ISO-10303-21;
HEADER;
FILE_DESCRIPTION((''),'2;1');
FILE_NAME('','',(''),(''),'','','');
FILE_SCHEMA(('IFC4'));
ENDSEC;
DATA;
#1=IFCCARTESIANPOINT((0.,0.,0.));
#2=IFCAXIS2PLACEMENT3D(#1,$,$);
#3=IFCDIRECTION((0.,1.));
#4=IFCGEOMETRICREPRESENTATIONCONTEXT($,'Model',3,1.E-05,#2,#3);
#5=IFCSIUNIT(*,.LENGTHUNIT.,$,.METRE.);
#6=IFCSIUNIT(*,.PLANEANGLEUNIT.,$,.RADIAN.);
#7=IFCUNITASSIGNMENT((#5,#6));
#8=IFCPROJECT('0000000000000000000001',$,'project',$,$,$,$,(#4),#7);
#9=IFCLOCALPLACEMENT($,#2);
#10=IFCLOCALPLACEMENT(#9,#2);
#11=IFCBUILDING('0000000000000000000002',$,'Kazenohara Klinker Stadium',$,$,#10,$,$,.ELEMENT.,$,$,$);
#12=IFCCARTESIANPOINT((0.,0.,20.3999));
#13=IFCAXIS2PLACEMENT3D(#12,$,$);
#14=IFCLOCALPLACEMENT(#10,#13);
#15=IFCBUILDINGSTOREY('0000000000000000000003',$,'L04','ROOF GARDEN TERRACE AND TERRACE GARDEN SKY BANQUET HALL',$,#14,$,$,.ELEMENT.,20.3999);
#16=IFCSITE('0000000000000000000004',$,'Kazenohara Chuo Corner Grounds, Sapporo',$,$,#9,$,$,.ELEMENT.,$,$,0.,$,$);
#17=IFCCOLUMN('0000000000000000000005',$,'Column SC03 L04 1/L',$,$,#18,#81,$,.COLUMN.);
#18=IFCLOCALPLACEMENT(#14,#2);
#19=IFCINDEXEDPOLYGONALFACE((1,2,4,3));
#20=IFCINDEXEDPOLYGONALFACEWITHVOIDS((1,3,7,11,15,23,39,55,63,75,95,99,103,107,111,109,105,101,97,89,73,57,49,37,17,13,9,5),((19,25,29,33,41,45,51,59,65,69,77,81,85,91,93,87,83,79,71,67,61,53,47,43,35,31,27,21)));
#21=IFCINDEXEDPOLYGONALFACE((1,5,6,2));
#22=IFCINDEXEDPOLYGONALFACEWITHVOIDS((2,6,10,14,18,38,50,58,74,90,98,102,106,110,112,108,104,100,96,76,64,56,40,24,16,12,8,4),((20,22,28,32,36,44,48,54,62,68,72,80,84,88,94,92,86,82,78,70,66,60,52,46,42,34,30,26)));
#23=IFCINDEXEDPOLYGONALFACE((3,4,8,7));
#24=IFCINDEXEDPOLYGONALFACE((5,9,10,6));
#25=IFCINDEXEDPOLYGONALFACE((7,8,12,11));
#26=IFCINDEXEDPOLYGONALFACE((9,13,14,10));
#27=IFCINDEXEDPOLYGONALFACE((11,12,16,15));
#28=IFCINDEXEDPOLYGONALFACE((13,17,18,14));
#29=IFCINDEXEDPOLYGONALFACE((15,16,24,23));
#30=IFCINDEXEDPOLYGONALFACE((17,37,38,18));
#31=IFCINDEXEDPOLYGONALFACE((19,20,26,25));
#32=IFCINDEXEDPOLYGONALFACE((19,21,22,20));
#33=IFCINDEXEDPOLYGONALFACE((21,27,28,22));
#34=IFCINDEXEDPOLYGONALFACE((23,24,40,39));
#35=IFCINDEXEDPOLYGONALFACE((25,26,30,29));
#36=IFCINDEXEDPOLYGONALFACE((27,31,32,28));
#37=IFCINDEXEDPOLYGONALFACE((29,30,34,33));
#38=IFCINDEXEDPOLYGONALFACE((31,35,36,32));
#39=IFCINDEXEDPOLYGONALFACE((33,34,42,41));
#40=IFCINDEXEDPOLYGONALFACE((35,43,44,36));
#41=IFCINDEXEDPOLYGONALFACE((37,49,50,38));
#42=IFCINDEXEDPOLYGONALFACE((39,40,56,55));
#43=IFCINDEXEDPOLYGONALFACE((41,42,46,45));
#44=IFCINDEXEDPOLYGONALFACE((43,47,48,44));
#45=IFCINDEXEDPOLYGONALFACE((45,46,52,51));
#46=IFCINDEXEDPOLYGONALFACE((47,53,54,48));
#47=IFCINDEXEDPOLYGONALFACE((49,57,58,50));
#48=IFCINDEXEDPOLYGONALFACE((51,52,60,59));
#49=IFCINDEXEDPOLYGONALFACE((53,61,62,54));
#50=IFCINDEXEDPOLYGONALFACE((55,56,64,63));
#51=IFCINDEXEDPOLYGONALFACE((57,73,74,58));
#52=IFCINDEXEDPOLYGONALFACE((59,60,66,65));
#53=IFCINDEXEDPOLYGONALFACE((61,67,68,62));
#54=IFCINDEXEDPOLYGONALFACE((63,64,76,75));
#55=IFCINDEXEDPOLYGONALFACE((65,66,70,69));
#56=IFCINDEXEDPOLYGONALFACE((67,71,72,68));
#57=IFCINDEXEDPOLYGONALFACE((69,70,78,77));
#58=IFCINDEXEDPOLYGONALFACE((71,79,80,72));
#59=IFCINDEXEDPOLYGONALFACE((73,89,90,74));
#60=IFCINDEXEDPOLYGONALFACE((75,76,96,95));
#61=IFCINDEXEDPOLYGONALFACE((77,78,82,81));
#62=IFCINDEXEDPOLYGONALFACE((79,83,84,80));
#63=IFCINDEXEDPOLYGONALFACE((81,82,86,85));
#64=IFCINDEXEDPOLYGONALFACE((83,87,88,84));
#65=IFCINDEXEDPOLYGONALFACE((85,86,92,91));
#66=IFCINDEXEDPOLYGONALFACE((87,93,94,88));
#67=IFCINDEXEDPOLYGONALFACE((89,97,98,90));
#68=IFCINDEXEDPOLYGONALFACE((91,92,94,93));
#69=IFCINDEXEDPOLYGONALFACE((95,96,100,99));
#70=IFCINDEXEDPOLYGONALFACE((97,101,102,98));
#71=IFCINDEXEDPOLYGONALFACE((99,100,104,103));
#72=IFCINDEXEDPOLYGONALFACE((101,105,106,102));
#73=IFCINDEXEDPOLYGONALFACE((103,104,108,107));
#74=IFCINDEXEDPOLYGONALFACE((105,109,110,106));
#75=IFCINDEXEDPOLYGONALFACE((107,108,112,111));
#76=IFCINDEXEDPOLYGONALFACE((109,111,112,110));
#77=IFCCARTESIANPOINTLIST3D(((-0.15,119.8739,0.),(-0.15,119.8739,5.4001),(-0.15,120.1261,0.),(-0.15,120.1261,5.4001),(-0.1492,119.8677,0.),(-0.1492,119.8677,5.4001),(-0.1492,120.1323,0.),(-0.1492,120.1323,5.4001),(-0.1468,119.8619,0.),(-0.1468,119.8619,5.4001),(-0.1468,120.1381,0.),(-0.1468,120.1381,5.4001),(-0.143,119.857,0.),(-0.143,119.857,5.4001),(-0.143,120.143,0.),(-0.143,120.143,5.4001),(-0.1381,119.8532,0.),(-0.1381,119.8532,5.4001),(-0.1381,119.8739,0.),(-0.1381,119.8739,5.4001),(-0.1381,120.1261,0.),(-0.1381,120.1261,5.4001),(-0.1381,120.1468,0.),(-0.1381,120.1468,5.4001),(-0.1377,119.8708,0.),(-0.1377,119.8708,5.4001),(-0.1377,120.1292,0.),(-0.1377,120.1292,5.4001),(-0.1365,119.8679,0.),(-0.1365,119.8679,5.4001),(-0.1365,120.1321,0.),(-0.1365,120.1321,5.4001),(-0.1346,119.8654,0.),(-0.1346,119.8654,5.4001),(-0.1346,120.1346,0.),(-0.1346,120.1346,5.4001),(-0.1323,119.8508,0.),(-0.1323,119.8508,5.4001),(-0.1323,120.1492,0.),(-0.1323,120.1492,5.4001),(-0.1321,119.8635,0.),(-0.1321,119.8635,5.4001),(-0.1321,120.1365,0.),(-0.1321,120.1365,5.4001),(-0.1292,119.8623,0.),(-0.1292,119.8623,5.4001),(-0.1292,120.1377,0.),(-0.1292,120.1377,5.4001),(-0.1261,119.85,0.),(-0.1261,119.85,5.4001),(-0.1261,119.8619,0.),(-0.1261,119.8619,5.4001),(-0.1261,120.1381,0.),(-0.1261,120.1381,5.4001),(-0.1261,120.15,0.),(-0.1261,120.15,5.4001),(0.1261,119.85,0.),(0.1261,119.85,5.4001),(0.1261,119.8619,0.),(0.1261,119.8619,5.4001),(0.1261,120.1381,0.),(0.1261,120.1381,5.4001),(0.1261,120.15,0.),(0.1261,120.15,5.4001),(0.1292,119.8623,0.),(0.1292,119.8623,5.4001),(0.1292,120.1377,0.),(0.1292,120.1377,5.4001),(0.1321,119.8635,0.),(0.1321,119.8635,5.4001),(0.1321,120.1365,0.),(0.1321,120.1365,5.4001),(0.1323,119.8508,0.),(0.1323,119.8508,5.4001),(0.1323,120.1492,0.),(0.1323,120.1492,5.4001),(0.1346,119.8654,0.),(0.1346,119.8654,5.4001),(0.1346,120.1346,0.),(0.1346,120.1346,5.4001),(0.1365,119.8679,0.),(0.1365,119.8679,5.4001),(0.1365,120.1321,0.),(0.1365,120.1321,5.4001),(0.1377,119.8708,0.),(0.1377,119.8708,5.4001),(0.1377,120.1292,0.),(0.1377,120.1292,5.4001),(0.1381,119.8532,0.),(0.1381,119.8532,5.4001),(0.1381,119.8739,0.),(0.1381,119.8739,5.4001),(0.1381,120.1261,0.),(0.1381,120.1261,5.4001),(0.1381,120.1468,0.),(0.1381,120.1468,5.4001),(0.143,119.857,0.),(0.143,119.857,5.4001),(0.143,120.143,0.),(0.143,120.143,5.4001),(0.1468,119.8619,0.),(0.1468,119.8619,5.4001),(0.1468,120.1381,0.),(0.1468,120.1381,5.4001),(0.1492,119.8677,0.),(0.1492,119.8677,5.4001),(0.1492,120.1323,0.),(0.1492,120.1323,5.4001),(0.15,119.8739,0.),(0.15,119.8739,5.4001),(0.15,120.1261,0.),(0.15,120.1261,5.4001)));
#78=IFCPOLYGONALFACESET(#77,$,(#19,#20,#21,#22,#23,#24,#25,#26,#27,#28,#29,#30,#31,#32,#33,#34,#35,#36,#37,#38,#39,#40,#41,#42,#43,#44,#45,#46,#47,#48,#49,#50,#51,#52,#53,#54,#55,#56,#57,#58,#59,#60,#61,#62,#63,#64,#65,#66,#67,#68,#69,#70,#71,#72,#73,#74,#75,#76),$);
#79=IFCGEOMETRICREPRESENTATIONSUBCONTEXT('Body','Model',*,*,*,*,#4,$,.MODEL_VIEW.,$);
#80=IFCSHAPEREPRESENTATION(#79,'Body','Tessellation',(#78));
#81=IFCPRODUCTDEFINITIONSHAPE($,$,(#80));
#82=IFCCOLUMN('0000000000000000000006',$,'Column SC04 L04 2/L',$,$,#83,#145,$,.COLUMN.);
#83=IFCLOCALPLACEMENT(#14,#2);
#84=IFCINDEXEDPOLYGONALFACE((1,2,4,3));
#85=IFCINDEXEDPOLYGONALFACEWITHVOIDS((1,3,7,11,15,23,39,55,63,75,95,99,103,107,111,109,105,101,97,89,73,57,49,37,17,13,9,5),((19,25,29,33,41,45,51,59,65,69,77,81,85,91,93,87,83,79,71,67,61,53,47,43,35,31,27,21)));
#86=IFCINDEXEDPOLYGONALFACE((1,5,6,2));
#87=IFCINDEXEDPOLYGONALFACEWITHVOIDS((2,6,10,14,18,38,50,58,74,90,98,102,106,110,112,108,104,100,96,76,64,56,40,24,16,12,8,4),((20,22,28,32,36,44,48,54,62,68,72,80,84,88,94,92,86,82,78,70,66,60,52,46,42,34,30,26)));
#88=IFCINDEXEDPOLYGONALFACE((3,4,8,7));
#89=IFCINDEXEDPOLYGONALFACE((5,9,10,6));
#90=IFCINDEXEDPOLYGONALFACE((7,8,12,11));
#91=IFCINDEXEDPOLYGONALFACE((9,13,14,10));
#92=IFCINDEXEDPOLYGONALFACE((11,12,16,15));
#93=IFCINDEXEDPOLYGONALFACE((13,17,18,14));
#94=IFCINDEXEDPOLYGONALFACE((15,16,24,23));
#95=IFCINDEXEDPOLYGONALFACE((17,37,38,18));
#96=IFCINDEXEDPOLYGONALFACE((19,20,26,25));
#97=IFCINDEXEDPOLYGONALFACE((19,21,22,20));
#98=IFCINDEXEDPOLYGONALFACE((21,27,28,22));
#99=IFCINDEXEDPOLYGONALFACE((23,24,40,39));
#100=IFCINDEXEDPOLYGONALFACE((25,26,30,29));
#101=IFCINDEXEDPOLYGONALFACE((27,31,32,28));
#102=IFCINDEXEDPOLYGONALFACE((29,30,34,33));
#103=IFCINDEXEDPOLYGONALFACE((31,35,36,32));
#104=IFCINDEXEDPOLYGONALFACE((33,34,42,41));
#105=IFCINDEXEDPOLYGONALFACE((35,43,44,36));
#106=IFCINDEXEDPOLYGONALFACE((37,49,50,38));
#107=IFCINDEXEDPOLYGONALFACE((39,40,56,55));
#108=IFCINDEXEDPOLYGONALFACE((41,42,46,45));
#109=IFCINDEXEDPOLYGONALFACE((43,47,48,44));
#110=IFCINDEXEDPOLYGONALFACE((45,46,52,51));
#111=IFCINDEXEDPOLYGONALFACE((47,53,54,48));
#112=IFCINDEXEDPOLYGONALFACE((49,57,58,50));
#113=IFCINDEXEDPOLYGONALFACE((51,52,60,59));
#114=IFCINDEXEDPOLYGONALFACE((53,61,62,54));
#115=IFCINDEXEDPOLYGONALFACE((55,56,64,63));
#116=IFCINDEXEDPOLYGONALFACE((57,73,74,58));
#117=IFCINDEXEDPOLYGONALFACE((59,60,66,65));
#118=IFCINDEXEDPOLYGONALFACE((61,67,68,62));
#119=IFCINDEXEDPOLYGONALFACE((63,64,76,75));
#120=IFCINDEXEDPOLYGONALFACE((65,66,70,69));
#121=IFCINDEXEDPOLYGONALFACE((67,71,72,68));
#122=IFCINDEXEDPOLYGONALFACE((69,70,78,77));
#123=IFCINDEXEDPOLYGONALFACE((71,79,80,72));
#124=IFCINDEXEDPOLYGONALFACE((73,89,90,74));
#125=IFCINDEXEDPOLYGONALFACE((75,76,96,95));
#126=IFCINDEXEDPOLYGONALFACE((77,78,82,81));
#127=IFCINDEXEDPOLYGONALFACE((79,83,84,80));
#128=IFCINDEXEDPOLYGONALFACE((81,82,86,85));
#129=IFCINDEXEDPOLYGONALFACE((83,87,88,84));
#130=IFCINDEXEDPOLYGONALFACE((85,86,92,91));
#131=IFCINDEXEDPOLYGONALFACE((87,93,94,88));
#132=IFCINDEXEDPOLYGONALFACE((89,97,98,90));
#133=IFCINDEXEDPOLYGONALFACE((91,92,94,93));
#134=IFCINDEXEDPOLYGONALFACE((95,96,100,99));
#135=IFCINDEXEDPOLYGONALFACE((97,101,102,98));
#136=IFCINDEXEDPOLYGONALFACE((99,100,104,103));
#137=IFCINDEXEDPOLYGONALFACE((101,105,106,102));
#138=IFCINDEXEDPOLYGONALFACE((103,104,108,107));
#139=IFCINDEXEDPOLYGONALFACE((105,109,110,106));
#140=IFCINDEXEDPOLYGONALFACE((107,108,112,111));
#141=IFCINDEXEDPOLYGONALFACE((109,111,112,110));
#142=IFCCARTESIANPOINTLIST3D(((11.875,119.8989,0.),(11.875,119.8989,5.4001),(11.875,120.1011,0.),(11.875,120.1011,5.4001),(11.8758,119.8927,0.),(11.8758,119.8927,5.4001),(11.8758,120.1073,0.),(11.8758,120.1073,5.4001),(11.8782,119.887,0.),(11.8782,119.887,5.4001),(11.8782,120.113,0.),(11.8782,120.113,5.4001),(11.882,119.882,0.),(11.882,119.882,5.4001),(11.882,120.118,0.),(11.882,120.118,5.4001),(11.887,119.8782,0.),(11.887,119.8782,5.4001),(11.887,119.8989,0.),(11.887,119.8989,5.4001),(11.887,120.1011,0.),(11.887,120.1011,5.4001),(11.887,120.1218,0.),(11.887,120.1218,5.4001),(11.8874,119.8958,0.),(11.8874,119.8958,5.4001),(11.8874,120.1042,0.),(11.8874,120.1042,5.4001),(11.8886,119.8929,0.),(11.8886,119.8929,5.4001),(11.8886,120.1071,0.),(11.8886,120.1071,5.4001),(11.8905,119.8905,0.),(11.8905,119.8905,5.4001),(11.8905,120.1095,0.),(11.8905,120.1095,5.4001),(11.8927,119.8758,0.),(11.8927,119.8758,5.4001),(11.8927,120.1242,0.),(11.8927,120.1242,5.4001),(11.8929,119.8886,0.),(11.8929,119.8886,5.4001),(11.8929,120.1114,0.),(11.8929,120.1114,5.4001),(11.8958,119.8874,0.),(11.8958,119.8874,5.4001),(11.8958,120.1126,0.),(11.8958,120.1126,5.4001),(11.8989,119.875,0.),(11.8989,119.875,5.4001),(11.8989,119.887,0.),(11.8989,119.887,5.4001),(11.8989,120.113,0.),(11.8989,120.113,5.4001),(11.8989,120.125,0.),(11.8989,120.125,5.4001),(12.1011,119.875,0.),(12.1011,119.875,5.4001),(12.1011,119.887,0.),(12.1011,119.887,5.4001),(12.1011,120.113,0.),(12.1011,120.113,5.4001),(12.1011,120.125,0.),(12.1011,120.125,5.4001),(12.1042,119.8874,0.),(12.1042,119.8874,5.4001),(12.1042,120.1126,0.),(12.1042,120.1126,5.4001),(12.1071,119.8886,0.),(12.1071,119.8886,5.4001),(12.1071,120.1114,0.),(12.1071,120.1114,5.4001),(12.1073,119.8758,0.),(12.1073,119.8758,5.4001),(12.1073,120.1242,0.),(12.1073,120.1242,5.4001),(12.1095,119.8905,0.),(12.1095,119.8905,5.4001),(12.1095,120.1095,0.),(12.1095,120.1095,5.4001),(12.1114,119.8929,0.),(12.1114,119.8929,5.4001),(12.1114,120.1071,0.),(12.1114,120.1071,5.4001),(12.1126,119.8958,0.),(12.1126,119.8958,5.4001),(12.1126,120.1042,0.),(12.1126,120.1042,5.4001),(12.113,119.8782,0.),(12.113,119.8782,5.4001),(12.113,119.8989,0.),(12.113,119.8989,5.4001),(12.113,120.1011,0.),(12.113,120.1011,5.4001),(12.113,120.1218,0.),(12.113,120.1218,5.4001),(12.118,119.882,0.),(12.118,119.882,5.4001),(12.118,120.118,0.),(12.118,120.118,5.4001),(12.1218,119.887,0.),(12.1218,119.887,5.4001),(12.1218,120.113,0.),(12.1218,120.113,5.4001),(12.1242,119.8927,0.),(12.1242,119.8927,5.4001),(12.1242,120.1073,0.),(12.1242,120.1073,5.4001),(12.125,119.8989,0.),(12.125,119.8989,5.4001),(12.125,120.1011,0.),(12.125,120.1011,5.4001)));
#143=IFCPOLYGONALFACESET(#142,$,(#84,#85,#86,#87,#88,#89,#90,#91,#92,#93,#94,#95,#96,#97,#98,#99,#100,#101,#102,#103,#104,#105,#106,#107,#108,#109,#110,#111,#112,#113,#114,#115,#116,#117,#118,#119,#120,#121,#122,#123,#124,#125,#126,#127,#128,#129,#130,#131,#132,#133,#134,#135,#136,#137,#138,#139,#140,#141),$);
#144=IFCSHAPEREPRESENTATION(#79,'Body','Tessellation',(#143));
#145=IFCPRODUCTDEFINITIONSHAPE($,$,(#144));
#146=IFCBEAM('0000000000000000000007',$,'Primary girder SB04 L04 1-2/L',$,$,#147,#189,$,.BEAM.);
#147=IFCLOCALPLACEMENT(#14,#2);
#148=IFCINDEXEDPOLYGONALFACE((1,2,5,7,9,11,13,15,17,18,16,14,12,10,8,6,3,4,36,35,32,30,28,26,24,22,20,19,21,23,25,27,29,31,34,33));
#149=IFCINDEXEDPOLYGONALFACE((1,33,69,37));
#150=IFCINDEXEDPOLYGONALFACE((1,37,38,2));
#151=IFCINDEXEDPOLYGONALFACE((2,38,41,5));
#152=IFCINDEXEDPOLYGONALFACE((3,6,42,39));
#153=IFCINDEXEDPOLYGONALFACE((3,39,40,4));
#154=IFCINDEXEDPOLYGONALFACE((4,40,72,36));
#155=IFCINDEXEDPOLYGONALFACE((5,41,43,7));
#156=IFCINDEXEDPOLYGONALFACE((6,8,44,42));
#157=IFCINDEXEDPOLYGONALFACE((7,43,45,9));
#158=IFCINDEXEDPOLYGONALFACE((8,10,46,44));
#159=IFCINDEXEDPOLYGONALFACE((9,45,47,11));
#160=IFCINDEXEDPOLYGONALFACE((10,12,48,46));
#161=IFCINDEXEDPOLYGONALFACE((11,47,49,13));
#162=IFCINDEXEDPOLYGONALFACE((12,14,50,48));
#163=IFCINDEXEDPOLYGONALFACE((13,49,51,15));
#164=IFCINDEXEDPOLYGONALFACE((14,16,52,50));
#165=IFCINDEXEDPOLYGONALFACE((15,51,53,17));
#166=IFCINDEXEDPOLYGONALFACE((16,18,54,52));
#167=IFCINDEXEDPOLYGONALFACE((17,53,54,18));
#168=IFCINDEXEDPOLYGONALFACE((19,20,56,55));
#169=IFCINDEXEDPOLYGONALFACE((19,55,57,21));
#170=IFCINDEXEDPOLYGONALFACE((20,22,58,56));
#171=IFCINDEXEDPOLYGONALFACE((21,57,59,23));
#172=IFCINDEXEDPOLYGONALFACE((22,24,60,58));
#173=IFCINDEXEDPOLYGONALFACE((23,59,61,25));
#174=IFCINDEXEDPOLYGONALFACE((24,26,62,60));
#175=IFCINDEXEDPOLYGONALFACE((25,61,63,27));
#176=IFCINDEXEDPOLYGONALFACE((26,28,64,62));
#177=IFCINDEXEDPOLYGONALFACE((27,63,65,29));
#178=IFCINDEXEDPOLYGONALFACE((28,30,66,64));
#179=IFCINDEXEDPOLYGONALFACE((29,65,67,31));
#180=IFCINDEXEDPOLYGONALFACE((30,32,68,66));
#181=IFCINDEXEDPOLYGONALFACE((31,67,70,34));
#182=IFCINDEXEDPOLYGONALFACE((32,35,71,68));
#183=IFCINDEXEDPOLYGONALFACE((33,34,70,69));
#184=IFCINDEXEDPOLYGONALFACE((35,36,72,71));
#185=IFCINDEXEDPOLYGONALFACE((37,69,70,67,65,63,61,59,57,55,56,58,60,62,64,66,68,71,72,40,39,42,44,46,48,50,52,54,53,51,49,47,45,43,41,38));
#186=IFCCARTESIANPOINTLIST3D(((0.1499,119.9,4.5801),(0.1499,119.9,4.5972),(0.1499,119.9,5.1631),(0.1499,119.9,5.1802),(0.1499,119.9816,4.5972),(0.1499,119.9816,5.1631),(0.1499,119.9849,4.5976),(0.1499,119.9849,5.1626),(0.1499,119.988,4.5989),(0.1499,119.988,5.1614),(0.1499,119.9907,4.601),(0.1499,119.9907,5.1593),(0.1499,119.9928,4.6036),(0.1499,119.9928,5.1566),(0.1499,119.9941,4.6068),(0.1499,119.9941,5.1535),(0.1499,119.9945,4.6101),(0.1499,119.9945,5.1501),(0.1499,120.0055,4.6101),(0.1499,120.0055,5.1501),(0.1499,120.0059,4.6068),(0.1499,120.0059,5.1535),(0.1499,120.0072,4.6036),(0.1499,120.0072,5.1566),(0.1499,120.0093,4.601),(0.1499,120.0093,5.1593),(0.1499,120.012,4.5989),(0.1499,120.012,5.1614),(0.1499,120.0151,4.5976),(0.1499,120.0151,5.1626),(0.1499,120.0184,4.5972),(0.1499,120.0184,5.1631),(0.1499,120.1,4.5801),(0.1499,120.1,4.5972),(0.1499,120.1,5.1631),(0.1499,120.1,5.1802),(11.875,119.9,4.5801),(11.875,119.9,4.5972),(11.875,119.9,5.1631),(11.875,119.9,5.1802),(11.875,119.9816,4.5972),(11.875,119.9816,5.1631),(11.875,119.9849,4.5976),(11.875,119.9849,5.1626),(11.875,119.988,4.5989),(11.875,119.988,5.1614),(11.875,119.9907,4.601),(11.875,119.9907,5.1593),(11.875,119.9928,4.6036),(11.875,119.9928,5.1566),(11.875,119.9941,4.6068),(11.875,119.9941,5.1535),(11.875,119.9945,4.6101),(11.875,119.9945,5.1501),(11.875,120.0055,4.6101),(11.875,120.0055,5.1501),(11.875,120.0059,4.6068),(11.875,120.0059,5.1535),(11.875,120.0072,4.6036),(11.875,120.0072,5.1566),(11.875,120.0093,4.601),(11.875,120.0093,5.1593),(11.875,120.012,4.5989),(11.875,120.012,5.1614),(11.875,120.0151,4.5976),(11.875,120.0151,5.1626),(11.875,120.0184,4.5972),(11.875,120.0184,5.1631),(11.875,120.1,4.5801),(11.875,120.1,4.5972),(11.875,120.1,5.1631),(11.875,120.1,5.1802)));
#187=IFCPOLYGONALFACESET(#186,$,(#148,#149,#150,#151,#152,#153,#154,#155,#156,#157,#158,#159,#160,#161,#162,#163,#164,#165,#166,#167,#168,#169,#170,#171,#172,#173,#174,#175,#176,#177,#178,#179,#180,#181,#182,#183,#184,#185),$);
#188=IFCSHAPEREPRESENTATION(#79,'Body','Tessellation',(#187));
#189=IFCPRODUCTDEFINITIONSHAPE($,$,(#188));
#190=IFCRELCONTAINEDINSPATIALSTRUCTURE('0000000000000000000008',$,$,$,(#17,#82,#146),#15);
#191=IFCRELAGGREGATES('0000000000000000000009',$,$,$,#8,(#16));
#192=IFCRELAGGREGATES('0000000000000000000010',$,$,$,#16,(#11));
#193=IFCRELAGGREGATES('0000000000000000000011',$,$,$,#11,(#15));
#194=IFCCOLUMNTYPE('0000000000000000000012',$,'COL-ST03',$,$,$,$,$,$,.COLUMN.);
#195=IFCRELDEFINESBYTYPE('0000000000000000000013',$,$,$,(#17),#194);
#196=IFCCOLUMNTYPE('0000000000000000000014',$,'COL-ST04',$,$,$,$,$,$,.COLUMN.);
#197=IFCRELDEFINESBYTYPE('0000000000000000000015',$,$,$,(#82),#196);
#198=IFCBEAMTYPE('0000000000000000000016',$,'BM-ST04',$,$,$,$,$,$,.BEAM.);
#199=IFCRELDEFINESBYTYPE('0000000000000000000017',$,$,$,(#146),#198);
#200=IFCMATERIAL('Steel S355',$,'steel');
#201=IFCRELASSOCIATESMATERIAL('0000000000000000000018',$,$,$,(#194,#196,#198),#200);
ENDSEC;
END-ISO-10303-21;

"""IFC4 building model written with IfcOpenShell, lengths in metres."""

from ifc_helpers import new_model, si_unit, direction, frame, origin, origin_2d, place, context, subcontext, project, spatial, hollow_rectangle, i_section, extrude, material, material_profile, profile_set, type_object, element, save


model = new_model("IFC4")

# Units and contexts
model_context = context("Model", 3, precision=1e-05, world=origin(), true_north=direction((0.0, 1.0)))
body_context = subcontext(model_context, "Body", "Model", "MODEL_VIEW")
ifc_project = project(units=[si_unit("LENGTHUNIT", "METRE"), si_unit("PLANEANGLEUNIT", "RADIAN")], contexts=[model_context])

# Site, building, storey
site_placement = place(None, origin())
site = spatial("IfcSite", under=ifc_project, at=site_placement, Name="Kazenohara Chuo Corner Grounds, Sapporo", CompositionType="ELEMENT", RefElevation=0.0)
building_placement = place(site_placement, origin())
building = spatial("IfcBuilding", under=site, at=building_placement, Name="Kazenohara Klinker Stadium", CompositionType="ELEMENT")
storey_placement = place(building_placement, frame((0.0, 0.0, 20.3999)))
storey = spatial("IfcBuildingStorey", under=building, at=storey_placement, Name="L04", Description="ROOF GARDEN TERRACE AND TERRACE GARDEN SKY BANQUET HALL", CompositionType="ELEMENT", Elevation=20.3999)

# Columns
ifc_material_1 = material(Name="Steel S355", Category="steel")
ifc_material_profile_1 = material_profile(ifc_material_1, hollow_rectangle(XDim=0.3, YDim=0.3, WallThickness=0.012, InnerFilletRadius=0.012, OuterFilletRadius=0.0239, at=origin_2d()), Name="SHS-300x300x12")
ifc_profile_set_1 = profile_set([ifc_material_profile_1], Name="Steel S355")
column_type_1 = type_object("IfcColumnType", Name="COL-ST03", PredefinedType="COLUMN", material=ifc_profile_set_1)
column_1_placement = place(storey_placement, frame((0.0, 120.0, 0.0), z_axis=(0.0, 0.0, 1.0), x_axis=(1.0, 0.0, 0.0)))
element("IfcColumn", 1, at=column_1_placement, inside=storey, type_object=column_type_1, Name="Column SC03 L04 1/L", PredefinedType="COLUMN", context=body_context, shape_type="SweptSolid", body=[
    extrude(hollow_rectangle(XDim=0.3, YDim=0.3, WallThickness=0.012, InnerFilletRadius=0.012, OuterFilletRadius=0.0239, at=origin_2d()), origin(), (0.0, 0.0, 1.0), 5.4001),
])
ifc_material_profile_2 = material_profile(ifc_material_1, hollow_rectangle(XDim=0.25, YDim=0.25, WallThickness=0.012, InnerFilletRadius=0.012, OuterFilletRadius=0.0239, at=origin_2d()), Name="SHS-250x250x12")
ifc_profile_set_2 = profile_set([ifc_material_profile_2], Name="Steel S355")
column_type_2 = type_object("IfcColumnType", Name="COL-ST04", PredefinedType="COLUMN", material=ifc_profile_set_2)
column_2_placement = place(storey_placement, frame((12.0, 120.0, 0.0), z_axis=(0.0, 0.0, 1.0), x_axis=(1.0, 0.0, 0.0)))
element("IfcColumn", 2, at=column_2_placement, inside=storey, type_object=column_type_2, Name="Column SC04 L04 2/L", PredefinedType="COLUMN", context=body_context, shape_type="SweptSolid", body=[
    extrude(hollow_rectangle(XDim=0.25, YDim=0.25, WallThickness=0.012, InnerFilletRadius=0.012, OuterFilletRadius=0.0239, at=origin_2d()), origin(), (0.0, 0.0, 1.0), 5.4001),
])

# Beam
ifc_material_profile_3 = material_profile(ifc_material_1, i_section(OverallWidth=0.2, OverallDepth=0.6001, WebThickness=0.011, FlangeThickness=0.0171, FilletRadius=0.0129, at=origin_2d()), Name="H-600x200x11x17")
ifc_profile_set_3 = profile_set([ifc_material_profile_3], Name="Steel S355")
beam_type_1 = type_object("IfcBeamType", Name="BM-ST04", PredefinedType="BEAM", material=ifc_profile_set_3)
beam_1_placement = place(storey_placement, frame((0.1499, 120.0, 4.8801), z_axis=(1.0, 0.0, 0.0), x_axis=(0.0, 1.0, 0.0)))
element("IfcBeam", 3, at=beam_1_placement, inside=storey, type_object=beam_type_1, Name="Primary girder SB04 L04 1-2/L", PredefinedType="BEAM", context=body_context, shape_type="SweptSolid", body=[
    extrude(i_section(OverallWidth=0.2, OverallDepth=0.6001, WebThickness=0.011, FlangeThickness=0.0171, FilletRadius=0.0129, at=origin_2d()), origin(), (0.0, 0.0, 1.0), 11.7251),
])

save(model, "model.ifc")
